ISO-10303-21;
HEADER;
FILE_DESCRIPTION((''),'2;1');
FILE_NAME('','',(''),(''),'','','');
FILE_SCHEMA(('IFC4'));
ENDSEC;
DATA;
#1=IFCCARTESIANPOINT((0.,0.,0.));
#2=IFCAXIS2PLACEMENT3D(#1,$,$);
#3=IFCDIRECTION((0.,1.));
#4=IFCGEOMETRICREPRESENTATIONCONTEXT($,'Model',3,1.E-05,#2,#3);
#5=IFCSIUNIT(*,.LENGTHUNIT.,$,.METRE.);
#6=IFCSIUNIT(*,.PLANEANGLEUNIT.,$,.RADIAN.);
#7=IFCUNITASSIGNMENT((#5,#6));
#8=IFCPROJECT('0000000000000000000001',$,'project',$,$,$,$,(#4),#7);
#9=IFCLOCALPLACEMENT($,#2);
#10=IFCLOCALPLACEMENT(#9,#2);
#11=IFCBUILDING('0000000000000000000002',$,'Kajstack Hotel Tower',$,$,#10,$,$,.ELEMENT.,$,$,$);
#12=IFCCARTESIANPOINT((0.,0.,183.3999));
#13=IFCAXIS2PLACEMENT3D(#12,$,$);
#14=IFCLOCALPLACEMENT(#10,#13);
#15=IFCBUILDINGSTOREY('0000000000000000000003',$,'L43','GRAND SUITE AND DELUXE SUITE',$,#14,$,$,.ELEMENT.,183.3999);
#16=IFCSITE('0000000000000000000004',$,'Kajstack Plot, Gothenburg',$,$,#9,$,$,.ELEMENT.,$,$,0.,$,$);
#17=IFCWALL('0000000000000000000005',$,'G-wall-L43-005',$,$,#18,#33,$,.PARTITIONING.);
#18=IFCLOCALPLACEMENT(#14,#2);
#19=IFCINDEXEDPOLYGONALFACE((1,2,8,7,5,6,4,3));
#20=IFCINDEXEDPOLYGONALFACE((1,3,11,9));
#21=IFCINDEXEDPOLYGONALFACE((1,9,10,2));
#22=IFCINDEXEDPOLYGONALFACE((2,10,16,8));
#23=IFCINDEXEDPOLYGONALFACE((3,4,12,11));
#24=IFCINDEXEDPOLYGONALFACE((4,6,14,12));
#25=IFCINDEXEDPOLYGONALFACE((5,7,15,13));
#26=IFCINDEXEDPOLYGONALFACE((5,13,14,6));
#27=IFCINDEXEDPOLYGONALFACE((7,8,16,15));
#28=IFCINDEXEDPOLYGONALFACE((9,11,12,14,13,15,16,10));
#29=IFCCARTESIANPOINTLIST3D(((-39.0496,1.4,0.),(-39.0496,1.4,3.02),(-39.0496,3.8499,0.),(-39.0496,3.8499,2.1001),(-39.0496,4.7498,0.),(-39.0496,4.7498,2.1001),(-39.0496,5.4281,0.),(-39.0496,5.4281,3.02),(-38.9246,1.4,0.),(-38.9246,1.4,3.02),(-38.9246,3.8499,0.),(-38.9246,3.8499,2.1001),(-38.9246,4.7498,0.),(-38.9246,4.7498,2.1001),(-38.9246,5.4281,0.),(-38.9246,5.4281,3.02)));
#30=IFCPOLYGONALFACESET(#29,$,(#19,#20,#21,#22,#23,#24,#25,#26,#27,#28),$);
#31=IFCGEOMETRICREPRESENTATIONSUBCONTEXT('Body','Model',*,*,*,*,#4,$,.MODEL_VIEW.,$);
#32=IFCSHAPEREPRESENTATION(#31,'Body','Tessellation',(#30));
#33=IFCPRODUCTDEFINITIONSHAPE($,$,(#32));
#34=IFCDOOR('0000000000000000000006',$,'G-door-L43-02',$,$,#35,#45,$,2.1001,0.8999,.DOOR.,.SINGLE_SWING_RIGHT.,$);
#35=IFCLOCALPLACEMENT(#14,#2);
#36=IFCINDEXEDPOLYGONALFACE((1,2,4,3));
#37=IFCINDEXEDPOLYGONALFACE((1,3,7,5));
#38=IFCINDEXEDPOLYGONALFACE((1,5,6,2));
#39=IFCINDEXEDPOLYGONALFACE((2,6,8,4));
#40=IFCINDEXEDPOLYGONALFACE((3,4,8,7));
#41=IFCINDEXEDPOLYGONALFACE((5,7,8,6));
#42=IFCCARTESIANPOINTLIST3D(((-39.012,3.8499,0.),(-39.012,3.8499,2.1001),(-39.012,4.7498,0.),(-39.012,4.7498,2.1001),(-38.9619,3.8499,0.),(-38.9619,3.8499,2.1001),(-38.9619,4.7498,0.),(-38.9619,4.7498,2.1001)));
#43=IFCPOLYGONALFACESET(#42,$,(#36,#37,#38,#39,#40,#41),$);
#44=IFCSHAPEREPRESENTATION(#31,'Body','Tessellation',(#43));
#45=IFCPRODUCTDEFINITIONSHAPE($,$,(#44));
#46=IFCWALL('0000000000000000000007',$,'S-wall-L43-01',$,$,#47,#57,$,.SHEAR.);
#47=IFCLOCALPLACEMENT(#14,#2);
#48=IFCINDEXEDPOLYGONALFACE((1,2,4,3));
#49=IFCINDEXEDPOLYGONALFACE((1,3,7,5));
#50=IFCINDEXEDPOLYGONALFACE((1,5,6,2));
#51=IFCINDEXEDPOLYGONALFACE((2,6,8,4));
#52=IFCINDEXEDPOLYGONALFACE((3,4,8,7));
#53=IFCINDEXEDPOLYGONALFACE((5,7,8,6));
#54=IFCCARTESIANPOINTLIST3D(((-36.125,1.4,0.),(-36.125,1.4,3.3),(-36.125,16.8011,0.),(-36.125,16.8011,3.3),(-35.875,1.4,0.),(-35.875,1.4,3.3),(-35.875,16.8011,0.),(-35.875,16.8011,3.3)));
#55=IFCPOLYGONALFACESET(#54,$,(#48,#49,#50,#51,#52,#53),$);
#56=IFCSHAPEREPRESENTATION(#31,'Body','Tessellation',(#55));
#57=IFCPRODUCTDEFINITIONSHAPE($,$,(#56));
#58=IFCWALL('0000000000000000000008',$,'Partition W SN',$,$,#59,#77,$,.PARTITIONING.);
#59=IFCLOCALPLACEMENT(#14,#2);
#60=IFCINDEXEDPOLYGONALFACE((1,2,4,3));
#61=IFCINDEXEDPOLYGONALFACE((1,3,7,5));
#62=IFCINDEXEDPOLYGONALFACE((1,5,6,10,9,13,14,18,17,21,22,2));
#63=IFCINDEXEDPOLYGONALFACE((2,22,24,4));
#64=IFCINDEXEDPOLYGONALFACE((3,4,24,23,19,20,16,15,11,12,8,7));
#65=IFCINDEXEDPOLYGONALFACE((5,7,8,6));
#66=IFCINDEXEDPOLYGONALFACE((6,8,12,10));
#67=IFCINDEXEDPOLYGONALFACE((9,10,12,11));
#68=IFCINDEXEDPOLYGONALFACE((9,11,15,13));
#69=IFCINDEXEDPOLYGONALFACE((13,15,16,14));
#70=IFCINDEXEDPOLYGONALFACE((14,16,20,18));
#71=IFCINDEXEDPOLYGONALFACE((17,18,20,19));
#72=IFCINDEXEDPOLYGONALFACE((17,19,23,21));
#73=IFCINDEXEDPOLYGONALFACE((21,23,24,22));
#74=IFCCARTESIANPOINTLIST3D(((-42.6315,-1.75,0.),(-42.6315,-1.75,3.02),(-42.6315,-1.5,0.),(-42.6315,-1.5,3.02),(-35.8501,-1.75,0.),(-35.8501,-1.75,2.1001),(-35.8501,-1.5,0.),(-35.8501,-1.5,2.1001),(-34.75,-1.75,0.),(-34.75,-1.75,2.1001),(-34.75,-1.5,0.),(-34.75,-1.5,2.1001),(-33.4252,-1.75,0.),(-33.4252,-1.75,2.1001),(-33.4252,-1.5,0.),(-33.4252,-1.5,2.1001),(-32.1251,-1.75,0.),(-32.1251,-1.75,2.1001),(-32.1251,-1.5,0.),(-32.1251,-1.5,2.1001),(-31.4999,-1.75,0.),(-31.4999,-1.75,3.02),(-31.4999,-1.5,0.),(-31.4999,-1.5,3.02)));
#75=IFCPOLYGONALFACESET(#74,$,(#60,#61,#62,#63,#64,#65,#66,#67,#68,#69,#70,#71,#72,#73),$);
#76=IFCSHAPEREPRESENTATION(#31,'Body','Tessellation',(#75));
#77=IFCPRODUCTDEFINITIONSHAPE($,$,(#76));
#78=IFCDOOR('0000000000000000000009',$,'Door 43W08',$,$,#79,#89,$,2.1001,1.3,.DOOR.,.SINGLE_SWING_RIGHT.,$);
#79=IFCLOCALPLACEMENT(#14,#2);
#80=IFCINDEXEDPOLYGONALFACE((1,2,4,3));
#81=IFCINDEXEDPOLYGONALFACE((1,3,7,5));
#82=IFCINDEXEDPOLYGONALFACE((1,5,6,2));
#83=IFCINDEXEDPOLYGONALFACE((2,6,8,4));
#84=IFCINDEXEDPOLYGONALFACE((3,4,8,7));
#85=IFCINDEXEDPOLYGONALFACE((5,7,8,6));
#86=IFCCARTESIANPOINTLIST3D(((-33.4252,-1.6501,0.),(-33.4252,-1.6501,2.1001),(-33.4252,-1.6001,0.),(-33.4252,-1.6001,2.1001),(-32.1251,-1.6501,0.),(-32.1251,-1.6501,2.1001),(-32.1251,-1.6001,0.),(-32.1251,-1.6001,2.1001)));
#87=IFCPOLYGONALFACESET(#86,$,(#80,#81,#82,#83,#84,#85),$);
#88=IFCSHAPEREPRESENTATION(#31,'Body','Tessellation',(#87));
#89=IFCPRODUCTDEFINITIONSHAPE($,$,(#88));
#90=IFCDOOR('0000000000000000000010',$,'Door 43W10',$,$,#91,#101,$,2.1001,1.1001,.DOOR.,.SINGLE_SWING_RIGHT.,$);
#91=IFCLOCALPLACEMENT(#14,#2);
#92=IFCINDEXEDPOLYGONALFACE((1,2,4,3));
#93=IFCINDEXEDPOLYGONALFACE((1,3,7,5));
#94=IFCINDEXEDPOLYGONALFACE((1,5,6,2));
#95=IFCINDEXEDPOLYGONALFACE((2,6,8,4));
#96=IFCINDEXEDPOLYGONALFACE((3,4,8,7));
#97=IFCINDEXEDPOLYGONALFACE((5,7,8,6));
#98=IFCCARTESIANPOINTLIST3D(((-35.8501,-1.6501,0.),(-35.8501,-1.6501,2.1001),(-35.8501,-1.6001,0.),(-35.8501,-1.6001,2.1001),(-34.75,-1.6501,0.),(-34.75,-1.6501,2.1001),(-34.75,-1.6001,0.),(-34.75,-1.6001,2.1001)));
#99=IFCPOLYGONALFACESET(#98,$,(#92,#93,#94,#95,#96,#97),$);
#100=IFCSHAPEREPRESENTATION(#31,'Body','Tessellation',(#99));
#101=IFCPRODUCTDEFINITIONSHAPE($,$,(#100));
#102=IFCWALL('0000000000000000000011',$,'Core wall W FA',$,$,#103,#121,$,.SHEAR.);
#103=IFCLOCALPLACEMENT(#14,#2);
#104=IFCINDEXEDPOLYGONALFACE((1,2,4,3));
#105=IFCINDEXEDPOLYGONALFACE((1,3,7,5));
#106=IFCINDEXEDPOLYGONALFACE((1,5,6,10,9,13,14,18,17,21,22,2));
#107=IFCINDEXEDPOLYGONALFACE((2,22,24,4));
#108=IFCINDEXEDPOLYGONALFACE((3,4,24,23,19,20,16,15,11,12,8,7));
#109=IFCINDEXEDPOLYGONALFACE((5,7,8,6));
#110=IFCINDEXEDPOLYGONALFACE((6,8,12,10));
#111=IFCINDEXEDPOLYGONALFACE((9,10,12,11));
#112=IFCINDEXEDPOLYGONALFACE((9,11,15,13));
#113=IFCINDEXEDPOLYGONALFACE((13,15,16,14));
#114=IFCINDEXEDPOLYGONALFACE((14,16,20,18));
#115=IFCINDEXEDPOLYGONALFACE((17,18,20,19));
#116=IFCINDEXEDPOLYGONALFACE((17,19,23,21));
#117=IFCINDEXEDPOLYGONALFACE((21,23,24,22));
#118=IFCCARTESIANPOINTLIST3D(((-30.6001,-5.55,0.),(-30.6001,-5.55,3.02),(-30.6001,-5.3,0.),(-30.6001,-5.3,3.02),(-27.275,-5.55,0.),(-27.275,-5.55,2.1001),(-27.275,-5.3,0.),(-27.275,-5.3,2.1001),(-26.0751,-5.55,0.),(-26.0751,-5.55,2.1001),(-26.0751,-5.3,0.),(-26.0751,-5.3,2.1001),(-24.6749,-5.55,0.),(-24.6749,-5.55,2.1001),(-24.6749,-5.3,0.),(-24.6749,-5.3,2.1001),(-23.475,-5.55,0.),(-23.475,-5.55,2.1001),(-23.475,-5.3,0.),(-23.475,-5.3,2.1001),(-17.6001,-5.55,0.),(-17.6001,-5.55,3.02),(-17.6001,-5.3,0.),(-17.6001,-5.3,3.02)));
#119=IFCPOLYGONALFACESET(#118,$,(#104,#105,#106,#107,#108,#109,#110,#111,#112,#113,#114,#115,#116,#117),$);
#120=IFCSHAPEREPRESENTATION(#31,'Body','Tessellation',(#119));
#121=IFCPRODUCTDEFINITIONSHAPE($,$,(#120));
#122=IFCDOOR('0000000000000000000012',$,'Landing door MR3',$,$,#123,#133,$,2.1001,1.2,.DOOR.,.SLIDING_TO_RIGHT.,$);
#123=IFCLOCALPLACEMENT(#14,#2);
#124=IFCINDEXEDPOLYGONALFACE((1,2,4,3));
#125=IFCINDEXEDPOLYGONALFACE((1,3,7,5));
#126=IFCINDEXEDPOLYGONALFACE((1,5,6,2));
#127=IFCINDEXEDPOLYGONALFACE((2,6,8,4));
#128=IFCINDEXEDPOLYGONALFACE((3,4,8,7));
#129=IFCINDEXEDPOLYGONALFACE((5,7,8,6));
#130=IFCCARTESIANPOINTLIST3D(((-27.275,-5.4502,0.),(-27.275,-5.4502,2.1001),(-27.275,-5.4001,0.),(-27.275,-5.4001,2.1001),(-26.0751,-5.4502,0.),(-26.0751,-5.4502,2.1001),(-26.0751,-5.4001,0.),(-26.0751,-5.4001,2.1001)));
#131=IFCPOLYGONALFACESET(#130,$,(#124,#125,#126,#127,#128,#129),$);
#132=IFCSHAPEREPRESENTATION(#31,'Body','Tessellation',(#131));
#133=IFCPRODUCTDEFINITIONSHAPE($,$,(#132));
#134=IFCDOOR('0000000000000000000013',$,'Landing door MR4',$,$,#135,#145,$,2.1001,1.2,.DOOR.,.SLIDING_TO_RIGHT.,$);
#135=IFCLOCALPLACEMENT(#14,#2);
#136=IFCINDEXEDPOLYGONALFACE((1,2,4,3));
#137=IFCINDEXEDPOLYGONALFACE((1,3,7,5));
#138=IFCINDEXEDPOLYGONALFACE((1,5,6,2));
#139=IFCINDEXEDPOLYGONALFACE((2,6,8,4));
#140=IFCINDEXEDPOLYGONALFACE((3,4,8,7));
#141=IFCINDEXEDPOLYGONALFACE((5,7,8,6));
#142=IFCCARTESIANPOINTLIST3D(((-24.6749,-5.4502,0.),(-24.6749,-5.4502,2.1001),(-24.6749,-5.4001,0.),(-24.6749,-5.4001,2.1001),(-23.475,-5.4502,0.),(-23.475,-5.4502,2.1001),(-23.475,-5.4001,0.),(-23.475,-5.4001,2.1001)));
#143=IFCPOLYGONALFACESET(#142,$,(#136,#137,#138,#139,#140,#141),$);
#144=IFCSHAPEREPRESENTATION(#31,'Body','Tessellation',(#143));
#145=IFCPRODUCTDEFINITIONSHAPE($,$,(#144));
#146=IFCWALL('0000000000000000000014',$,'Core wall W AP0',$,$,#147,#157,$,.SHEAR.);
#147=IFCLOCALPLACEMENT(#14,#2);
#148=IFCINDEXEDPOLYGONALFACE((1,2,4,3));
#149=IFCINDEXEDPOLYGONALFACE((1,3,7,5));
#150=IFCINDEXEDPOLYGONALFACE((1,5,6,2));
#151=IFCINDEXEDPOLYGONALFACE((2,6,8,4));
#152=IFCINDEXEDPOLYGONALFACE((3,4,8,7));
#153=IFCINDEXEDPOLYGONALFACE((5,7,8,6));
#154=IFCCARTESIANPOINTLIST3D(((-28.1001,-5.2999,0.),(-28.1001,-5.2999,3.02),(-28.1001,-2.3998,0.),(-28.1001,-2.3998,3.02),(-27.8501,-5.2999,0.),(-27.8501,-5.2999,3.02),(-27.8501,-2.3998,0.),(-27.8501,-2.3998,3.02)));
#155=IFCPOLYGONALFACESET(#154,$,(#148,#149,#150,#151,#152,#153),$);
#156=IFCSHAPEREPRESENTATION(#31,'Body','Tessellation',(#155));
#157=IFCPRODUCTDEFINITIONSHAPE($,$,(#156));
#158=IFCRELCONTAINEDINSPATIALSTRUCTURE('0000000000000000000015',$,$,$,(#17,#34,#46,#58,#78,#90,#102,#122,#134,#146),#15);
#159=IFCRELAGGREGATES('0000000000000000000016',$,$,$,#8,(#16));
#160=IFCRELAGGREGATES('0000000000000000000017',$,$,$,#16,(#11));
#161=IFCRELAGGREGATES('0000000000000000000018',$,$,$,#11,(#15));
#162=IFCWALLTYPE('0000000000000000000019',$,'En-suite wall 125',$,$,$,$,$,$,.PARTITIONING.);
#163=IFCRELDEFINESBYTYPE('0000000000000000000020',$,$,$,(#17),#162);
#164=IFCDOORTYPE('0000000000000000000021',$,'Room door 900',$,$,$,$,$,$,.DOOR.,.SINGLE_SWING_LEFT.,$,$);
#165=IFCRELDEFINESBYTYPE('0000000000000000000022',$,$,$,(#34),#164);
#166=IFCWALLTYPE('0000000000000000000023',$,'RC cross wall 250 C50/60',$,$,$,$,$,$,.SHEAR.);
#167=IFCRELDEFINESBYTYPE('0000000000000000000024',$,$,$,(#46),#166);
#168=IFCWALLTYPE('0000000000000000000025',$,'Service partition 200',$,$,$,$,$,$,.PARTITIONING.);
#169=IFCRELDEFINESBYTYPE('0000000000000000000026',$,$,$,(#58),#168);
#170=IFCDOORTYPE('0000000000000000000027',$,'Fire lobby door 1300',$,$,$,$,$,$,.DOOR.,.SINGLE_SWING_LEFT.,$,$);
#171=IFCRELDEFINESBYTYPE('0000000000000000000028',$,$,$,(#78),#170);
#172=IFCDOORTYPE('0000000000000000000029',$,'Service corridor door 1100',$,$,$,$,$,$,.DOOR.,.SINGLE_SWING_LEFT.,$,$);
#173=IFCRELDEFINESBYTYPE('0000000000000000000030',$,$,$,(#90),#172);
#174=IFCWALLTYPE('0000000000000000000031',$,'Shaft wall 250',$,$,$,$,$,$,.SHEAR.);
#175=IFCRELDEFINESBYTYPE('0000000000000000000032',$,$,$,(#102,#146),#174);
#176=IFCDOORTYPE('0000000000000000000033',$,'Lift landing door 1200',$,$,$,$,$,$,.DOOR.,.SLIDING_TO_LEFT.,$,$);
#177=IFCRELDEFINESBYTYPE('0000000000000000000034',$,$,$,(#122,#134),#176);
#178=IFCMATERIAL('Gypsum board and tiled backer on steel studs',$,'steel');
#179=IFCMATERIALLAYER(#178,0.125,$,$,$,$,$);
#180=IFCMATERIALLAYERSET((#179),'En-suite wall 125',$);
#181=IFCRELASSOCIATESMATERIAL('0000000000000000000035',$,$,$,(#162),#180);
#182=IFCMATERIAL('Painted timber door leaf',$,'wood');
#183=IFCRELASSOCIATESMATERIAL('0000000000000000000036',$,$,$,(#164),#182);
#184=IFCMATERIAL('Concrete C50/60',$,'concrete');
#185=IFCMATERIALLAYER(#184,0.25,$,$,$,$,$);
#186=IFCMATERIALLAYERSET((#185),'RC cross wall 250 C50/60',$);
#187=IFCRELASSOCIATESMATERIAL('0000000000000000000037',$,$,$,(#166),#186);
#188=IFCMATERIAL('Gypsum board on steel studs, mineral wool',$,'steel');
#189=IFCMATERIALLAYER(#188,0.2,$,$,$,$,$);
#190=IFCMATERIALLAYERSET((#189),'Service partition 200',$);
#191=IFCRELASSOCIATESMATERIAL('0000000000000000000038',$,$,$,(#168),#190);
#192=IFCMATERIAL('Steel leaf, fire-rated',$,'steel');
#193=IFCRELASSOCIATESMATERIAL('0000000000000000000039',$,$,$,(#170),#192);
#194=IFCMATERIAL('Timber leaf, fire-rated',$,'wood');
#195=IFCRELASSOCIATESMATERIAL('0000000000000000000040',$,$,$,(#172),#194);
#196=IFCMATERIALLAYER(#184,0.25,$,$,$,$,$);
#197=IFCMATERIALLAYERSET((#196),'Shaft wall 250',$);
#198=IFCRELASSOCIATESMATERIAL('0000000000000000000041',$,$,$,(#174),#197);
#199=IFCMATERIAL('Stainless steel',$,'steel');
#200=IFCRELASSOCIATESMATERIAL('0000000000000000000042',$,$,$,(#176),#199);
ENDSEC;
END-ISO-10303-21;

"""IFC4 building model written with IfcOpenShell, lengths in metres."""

from ifc_helpers import new_model, si_unit, direction, frame, frame_2d, origin, place, context, subcontext, project, spatial, rectangle, extrude, material, layer, layer_set, type_object, element, fill, save


model = new_model("IFC4")

# Units and contexts
model_context = context("Model", 3, precision=1e-05, world=origin(), true_north=direction((0.0, 1.0)))
body_context = subcontext(model_context, "Body", "Model", "MODEL_VIEW")
ifc_project = project(units=[si_unit("LENGTHUNIT", "METRE"), si_unit("PLANEANGLEUNIT", "RADIAN")], contexts=[model_context])

# Site, building, storey
site_placement = place(None, origin())
site = spatial("IfcSite", under=ifc_project, at=site_placement, Name="Kajstack Plot, Gothenburg", CompositionType="ELEMENT", RefElevation=0.0)
building_placement = place(site_placement, origin())
building = spatial("IfcBuilding", under=site, at=building_placement, Name="Kajstack Hotel Tower", CompositionType="ELEMENT")
storey_placement = place(building_placement, frame((0.0, 0.0, 183.3999)))
storey = spatial("IfcBuildingStorey", under=building, at=storey_placement, Name="L43", Description="GRAND SUITE AND DELUXE SUITE", CompositionType="ELEMENT", Elevation=183.3999)

# Shared definitions
ifc_material_1 = material(Name="Gypsum board on steel studs, mineral wool", Category="steel")

# Wall, opening, door
ifc_material_2 = material(Name="Gypsum board and tiled backer on steel studs", Category="steel")
ifc_layer_1 = layer(ifc_material_2, 0.125)
ifc_layer_set_1 = layer_set([ifc_layer_1], Name="En-suite wall 125")
wall_type_1 = type_object("IfcWallType", Name="En-suite wall 125", PredefinedType="PARTITIONING", material=ifc_layer_set_1)
wall_1_placement = place(storey_placement, frame((-38.9871, 1.3999, 0.0), z_axis=(0.0, 0.0, 1.0), x_axis=(0.0, 1.0, 0.0)))
wall_1 = element("IfcWall", 1, at=wall_1_placement, inside=storey, type_object=wall_type_1, Name="G-wall-L43-005", PredefinedType="PARTITIONING", context=body_context, shape_type="SweptSolid", body=[
    extrude(rectangle(XDim=4.0281, YDim=0.125, at=frame_2d((2.0142, 0.0))), origin(), (0.0, 0.0, 1.0), 3.02),
])
opening_1_placement = place(wall_1_placement, frame((2.45, 0.0, 0.0)))
opening_1 = element("IfcOpeningElement", 2, at=opening_1_placement, cuts=wall_1, PredefinedType="OPENING", context=body_context, shape_type="SweptSolid", body=[
    extrude(rectangle(XDim=0.8999, YDim=2.1001, at=frame_2d((0.45, 1.05))), frame((0.0, 0.0725, 0.0), z_axis=(0.0, -1.0, 0.0), x_axis=(1.0, 0.0, 0.0)), (0.0, 0.0, 1.0), 0.145),
])
ifc_material_3 = material(Name="Painted timber door leaf", Category="wood")
door_type_1 = type_object("IfcDoorType", Name="Room door 900", OperationType="SINGLE_SWING_LEFT", PredefinedType="DOOR", material=ifc_material_3)
door_1_placement = place(opening_1_placement, origin())
door_1 = element("IfcDoor", 3, at=door_1_placement, inside=storey, type_object=door_type_1, Name="G-door-L43-02", OperationType="SINGLE_SWING_RIGHT", OverallHeight=2.1001, OverallWidth=0.8999, PredefinedType="DOOR", context=body_context, shape_type="SweptSolid", body=[
    extrude(rectangle(XDim=0.8999, YDim=2.1001, at=frame_2d((0.45, 1.05))), frame((0.0, 0.0249, 0.0), z_axis=(0.0, -1.0, 0.0), x_axis=(1.0, 0.0, 0.0)), (0.0, 0.0, 1.0), 0.05),
])
fill(opening_1, door_1)

# Wall
ifc_material_4 = material(Name="Concrete C50/60", Category="concrete")
ifc_layer_2 = layer(ifc_material_4, 0.25)
ifc_layer_set_2 = layer_set([ifc_layer_2], Name="RC cross wall 250 C50/60")
wall_type_2 = type_object("IfcWallType", Name="RC cross wall 250 C50/60", PredefinedType="SHEAR", material=ifc_layer_set_2)
wall_2_placement = place(storey_placement, frame((-36.0, 1.3999, 0.0), z_axis=(0.0, 0.0, 1.0), x_axis=(0.0, 1.0, 0.0)))
element("IfcWall", 4, at=wall_2_placement, inside=storey, type_object=wall_type_2, Name="S-wall-L43-01", PredefinedType="SHEAR", context=body_context, shape_type="SweptSolid", body=[
    extrude(rectangle(XDim=15.4011, YDim=0.25, at=frame_2d((7.7007, 0.0))), origin(), (0.0, 0.0, 1.0), 3.3),
])

# Walls, openings, doors
ifc_layer_3 = layer(ifc_material_1, 0.2)
ifc_layer_set_3 = layer_set([ifc_layer_3], Name="Service partition 200")
wall_type_3 = type_object("IfcWallType", Name="Service partition 200", PredefinedType="PARTITIONING", material=ifc_layer_set_3)
wall_3_placement = place(storey_placement, frame((-42.6316, -1.625, 0.0), z_axis=(0.0, 0.0, 1.0), x_axis=(1.0, 0.0, 0.0)))
wall_3 = element("IfcWall", 5, at=wall_3_placement, inside=storey, type_object=wall_type_3, Name="Partition W SN", PredefinedType="PARTITIONING", context=body_context, shape_type="SweptSolid", body=[
    extrude(rectangle(XDim=11.1316, YDim=0.25, at=frame_2d((5.5659, 0.0))), origin(), (0.0, 0.0, 1.0), 3.02),
])
opening_2_placement = place(wall_3_placement, frame((9.2065, 0.0, 0.0)))
opening_2 = element("IfcOpeningElement", 6, at=opening_2_placement, cuts=wall_3, PredefinedType="OPENING", context=body_context, shape_type="SweptSolid", body=[
    extrude(rectangle(XDim=1.3, YDim=2.1001, at=frame_2d((0.6499, 1.05))), frame((0.0, 0.135, 0.0), z_axis=(0.0, -1.0, 0.0), x_axis=(1.0, 0.0, 0.0)), (0.0, 0.0, 1.0), 0.27),
])
opening_3_placement = place(wall_3_placement, frame((6.7815, 0.0, 0.0)))
opening_3 = element("IfcOpeningElement", 7, at=opening_3_placement, cuts=wall_3, PredefinedType="OPENING", context=body_context, shape_type="SweptSolid", body=[
    extrude(rectangle(XDim=1.1001, YDim=2.1001, at=frame_2d((0.55, 1.05))), frame((0.0, 0.135, 0.0), z_axis=(0.0, -1.0, 0.0), x_axis=(1.0, 0.0, 0.0)), (0.0, 0.0, 1.0), 0.27),
])
ifc_material_5 = material(Name="Steel leaf, fire-rated", Category="steel")
door_type_2 = type_object("IfcDoorType", Name="Fire lobby door 1300", OperationType="SINGLE_SWING_LEFT", PredefinedType="DOOR", material=ifc_material_5)
door_2_placement = place(opening_2_placement, origin())
door_2 = element("IfcDoor", 8, at=door_2_placement, inside=storey, type_object=door_type_2, Name="Door 43W08", OperationType="SINGLE_SWING_RIGHT", OverallHeight=2.1001, OverallWidth=1.3, PredefinedType="DOOR", context=body_context, shape_type="SweptSolid", body=[
    extrude(rectangle(XDim=1.3, YDim=2.1001, at=frame_2d((0.6499, 1.05))), frame((0.0, 0.0249, 0.0), z_axis=(0.0, -1.0, 0.0), x_axis=(1.0, 0.0, 0.0)), (0.0, 0.0, 1.0), 0.05),
])
fill(opening_2, door_2)
ifc_material_6 = material(Name="Timber leaf, fire-rated", Category="wood")
door_type_3 = type_object("IfcDoorType", Name="Service corridor door 1100", OperationType="SINGLE_SWING_LEFT", PredefinedType="DOOR", material=ifc_material_6)
door_3_placement = place(opening_3_placement, origin())
door_3 = element("IfcDoor", 9, at=door_3_placement, inside=storey, type_object=door_type_3, Name="Door 43W10", OperationType="SINGLE_SWING_RIGHT", OverallHeight=2.1001, OverallWidth=1.1001, PredefinedType="DOOR", context=body_context, shape_type="SweptSolid", body=[
    extrude(rectangle(XDim=1.1001, YDim=2.1001, at=frame_2d((0.55, 1.05))), frame((0.0, 0.0249, 0.0), z_axis=(0.0, -1.0, 0.0), x_axis=(1.0, 0.0, 0.0)), (0.0, 0.0, 1.0), 0.05),
])
fill(opening_3, door_3)
ifc_layer_4 = layer(ifc_material_4, 0.25)
ifc_layer_set_4 = layer_set([ifc_layer_4], Name="Shaft wall 250")
wall_type_4 = type_object("IfcWallType", Name="Shaft wall 250", PredefinedType="SHEAR", material=ifc_layer_set_4)
wall_4_placement = place(storey_placement, frame((-30.6001, -5.425, 0.0), z_axis=(0.0, 0.0, 1.0), x_axis=(1.0, 0.0, 0.0)))
wall_4 = element("IfcWall", 10, at=wall_4_placement, inside=storey, type_object=wall_type_4, Name="Core wall W FA", PredefinedType="SHEAR", context=body_context, shape_type="SweptSolid", body=[
    extrude(rectangle(XDim=13.0, YDim=0.25, at=frame_2d((6.5, 0.0))), origin(), (0.0, 0.0, 1.0), 3.02),
])
opening_4_placement = place(wall_4_placement, frame((3.325, 0.0, 0.0)))
opening_4 = element("IfcOpeningElement", 11, at=opening_4_placement, cuts=wall_4, PredefinedType="OPENING", context=body_context, shape_type="SweptSolid", body=[
    extrude(rectangle(XDim=1.2, YDim=2.1001, at=frame_2d((0.6001, 1.05))), frame((0.0, 0.135, 0.0), z_axis=(0.0, -1.0, 0.0), x_axis=(1.0, 0.0, 0.0)), (0.0, 0.0, 1.0), 0.27),
])
opening_5_placement = place(wall_4_placement, frame((5.925, 0.0, 0.0)))
opening_5 = element("IfcOpeningElement", 12, at=opening_5_placement, cuts=wall_4, PredefinedType="OPENING", context=body_context, shape_type="SweptSolid", body=[
    extrude(rectangle(XDim=1.2, YDim=2.1001, at=frame_2d((0.6001, 1.05))), frame((0.0, 0.135, 0.0), z_axis=(0.0, -1.0, 0.0), x_axis=(1.0, 0.0, 0.0)), (0.0, 0.0, 1.0), 0.27),
])
ifc_material_7 = material(Name="Stainless steel", Category="steel")
door_type_4 = type_object("IfcDoorType", Name="Lift landing door 1200", OperationType="SLIDING_TO_LEFT", PredefinedType="DOOR", material=ifc_material_7)
door_4_placement = place(opening_4_placement, origin())
door_4 = element("IfcDoor", 13, at=door_4_placement, inside=storey, type_object=door_type_4, Name="Landing door MR3", OperationType="SLIDING_TO_RIGHT", OverallHeight=2.1001, OverallWidth=1.2, PredefinedType="DOOR", context=body_context, shape_type="SweptSolid", body=[
    extrude(rectangle(XDim=1.2, YDim=2.1001, at=frame_2d((0.6001, 1.05))), frame((0.0, 0.0249, 0.0), z_axis=(0.0, -1.0, 0.0), x_axis=(1.0, 0.0, 0.0)), (0.0, 0.0, 1.0), 0.05),
])
fill(opening_4, door_4)
door_5_placement = place(opening_5_placement, origin())
door_5 = element("IfcDoor", 14, at=door_5_placement, inside=storey, type_object=door_type_4, Name="Landing door MR4", OperationType="SLIDING_TO_RIGHT", OverallHeight=2.1001, OverallWidth=1.2, PredefinedType="DOOR", context=body_context, shape_type="SweptSolid", body=[
    extrude(rectangle(XDim=1.2, YDim=2.1001, at=frame_2d((0.6001, 1.05))), frame((0.0, 0.0249, 0.0), z_axis=(0.0, -1.0, 0.0), x_axis=(1.0, 0.0, 0.0)), (0.0, 0.0, 1.0), 0.05),
])
fill(opening_5, door_5)

# Wall
wall_5_placement = place(storey_placement, frame((-27.9751, -5.3, 0.0), z_axis=(0.0, 0.0, 1.0), x_axis=(0.0, 1.0, 0.0)))
element("IfcWall", 15, at=wall_5_placement, inside=storey, type_object=wall_type_4, Name="Core wall W AP0", PredefinedType="SHEAR", context=body_context, shape_type="SweptSolid", body=[
    extrude(rectangle(XDim=2.9001, YDim=0.25, at=frame_2d((1.4502, 0.0))), origin(), (0.0, 0.0, 1.0), 3.02),
])

save(model, "model.ifc")
